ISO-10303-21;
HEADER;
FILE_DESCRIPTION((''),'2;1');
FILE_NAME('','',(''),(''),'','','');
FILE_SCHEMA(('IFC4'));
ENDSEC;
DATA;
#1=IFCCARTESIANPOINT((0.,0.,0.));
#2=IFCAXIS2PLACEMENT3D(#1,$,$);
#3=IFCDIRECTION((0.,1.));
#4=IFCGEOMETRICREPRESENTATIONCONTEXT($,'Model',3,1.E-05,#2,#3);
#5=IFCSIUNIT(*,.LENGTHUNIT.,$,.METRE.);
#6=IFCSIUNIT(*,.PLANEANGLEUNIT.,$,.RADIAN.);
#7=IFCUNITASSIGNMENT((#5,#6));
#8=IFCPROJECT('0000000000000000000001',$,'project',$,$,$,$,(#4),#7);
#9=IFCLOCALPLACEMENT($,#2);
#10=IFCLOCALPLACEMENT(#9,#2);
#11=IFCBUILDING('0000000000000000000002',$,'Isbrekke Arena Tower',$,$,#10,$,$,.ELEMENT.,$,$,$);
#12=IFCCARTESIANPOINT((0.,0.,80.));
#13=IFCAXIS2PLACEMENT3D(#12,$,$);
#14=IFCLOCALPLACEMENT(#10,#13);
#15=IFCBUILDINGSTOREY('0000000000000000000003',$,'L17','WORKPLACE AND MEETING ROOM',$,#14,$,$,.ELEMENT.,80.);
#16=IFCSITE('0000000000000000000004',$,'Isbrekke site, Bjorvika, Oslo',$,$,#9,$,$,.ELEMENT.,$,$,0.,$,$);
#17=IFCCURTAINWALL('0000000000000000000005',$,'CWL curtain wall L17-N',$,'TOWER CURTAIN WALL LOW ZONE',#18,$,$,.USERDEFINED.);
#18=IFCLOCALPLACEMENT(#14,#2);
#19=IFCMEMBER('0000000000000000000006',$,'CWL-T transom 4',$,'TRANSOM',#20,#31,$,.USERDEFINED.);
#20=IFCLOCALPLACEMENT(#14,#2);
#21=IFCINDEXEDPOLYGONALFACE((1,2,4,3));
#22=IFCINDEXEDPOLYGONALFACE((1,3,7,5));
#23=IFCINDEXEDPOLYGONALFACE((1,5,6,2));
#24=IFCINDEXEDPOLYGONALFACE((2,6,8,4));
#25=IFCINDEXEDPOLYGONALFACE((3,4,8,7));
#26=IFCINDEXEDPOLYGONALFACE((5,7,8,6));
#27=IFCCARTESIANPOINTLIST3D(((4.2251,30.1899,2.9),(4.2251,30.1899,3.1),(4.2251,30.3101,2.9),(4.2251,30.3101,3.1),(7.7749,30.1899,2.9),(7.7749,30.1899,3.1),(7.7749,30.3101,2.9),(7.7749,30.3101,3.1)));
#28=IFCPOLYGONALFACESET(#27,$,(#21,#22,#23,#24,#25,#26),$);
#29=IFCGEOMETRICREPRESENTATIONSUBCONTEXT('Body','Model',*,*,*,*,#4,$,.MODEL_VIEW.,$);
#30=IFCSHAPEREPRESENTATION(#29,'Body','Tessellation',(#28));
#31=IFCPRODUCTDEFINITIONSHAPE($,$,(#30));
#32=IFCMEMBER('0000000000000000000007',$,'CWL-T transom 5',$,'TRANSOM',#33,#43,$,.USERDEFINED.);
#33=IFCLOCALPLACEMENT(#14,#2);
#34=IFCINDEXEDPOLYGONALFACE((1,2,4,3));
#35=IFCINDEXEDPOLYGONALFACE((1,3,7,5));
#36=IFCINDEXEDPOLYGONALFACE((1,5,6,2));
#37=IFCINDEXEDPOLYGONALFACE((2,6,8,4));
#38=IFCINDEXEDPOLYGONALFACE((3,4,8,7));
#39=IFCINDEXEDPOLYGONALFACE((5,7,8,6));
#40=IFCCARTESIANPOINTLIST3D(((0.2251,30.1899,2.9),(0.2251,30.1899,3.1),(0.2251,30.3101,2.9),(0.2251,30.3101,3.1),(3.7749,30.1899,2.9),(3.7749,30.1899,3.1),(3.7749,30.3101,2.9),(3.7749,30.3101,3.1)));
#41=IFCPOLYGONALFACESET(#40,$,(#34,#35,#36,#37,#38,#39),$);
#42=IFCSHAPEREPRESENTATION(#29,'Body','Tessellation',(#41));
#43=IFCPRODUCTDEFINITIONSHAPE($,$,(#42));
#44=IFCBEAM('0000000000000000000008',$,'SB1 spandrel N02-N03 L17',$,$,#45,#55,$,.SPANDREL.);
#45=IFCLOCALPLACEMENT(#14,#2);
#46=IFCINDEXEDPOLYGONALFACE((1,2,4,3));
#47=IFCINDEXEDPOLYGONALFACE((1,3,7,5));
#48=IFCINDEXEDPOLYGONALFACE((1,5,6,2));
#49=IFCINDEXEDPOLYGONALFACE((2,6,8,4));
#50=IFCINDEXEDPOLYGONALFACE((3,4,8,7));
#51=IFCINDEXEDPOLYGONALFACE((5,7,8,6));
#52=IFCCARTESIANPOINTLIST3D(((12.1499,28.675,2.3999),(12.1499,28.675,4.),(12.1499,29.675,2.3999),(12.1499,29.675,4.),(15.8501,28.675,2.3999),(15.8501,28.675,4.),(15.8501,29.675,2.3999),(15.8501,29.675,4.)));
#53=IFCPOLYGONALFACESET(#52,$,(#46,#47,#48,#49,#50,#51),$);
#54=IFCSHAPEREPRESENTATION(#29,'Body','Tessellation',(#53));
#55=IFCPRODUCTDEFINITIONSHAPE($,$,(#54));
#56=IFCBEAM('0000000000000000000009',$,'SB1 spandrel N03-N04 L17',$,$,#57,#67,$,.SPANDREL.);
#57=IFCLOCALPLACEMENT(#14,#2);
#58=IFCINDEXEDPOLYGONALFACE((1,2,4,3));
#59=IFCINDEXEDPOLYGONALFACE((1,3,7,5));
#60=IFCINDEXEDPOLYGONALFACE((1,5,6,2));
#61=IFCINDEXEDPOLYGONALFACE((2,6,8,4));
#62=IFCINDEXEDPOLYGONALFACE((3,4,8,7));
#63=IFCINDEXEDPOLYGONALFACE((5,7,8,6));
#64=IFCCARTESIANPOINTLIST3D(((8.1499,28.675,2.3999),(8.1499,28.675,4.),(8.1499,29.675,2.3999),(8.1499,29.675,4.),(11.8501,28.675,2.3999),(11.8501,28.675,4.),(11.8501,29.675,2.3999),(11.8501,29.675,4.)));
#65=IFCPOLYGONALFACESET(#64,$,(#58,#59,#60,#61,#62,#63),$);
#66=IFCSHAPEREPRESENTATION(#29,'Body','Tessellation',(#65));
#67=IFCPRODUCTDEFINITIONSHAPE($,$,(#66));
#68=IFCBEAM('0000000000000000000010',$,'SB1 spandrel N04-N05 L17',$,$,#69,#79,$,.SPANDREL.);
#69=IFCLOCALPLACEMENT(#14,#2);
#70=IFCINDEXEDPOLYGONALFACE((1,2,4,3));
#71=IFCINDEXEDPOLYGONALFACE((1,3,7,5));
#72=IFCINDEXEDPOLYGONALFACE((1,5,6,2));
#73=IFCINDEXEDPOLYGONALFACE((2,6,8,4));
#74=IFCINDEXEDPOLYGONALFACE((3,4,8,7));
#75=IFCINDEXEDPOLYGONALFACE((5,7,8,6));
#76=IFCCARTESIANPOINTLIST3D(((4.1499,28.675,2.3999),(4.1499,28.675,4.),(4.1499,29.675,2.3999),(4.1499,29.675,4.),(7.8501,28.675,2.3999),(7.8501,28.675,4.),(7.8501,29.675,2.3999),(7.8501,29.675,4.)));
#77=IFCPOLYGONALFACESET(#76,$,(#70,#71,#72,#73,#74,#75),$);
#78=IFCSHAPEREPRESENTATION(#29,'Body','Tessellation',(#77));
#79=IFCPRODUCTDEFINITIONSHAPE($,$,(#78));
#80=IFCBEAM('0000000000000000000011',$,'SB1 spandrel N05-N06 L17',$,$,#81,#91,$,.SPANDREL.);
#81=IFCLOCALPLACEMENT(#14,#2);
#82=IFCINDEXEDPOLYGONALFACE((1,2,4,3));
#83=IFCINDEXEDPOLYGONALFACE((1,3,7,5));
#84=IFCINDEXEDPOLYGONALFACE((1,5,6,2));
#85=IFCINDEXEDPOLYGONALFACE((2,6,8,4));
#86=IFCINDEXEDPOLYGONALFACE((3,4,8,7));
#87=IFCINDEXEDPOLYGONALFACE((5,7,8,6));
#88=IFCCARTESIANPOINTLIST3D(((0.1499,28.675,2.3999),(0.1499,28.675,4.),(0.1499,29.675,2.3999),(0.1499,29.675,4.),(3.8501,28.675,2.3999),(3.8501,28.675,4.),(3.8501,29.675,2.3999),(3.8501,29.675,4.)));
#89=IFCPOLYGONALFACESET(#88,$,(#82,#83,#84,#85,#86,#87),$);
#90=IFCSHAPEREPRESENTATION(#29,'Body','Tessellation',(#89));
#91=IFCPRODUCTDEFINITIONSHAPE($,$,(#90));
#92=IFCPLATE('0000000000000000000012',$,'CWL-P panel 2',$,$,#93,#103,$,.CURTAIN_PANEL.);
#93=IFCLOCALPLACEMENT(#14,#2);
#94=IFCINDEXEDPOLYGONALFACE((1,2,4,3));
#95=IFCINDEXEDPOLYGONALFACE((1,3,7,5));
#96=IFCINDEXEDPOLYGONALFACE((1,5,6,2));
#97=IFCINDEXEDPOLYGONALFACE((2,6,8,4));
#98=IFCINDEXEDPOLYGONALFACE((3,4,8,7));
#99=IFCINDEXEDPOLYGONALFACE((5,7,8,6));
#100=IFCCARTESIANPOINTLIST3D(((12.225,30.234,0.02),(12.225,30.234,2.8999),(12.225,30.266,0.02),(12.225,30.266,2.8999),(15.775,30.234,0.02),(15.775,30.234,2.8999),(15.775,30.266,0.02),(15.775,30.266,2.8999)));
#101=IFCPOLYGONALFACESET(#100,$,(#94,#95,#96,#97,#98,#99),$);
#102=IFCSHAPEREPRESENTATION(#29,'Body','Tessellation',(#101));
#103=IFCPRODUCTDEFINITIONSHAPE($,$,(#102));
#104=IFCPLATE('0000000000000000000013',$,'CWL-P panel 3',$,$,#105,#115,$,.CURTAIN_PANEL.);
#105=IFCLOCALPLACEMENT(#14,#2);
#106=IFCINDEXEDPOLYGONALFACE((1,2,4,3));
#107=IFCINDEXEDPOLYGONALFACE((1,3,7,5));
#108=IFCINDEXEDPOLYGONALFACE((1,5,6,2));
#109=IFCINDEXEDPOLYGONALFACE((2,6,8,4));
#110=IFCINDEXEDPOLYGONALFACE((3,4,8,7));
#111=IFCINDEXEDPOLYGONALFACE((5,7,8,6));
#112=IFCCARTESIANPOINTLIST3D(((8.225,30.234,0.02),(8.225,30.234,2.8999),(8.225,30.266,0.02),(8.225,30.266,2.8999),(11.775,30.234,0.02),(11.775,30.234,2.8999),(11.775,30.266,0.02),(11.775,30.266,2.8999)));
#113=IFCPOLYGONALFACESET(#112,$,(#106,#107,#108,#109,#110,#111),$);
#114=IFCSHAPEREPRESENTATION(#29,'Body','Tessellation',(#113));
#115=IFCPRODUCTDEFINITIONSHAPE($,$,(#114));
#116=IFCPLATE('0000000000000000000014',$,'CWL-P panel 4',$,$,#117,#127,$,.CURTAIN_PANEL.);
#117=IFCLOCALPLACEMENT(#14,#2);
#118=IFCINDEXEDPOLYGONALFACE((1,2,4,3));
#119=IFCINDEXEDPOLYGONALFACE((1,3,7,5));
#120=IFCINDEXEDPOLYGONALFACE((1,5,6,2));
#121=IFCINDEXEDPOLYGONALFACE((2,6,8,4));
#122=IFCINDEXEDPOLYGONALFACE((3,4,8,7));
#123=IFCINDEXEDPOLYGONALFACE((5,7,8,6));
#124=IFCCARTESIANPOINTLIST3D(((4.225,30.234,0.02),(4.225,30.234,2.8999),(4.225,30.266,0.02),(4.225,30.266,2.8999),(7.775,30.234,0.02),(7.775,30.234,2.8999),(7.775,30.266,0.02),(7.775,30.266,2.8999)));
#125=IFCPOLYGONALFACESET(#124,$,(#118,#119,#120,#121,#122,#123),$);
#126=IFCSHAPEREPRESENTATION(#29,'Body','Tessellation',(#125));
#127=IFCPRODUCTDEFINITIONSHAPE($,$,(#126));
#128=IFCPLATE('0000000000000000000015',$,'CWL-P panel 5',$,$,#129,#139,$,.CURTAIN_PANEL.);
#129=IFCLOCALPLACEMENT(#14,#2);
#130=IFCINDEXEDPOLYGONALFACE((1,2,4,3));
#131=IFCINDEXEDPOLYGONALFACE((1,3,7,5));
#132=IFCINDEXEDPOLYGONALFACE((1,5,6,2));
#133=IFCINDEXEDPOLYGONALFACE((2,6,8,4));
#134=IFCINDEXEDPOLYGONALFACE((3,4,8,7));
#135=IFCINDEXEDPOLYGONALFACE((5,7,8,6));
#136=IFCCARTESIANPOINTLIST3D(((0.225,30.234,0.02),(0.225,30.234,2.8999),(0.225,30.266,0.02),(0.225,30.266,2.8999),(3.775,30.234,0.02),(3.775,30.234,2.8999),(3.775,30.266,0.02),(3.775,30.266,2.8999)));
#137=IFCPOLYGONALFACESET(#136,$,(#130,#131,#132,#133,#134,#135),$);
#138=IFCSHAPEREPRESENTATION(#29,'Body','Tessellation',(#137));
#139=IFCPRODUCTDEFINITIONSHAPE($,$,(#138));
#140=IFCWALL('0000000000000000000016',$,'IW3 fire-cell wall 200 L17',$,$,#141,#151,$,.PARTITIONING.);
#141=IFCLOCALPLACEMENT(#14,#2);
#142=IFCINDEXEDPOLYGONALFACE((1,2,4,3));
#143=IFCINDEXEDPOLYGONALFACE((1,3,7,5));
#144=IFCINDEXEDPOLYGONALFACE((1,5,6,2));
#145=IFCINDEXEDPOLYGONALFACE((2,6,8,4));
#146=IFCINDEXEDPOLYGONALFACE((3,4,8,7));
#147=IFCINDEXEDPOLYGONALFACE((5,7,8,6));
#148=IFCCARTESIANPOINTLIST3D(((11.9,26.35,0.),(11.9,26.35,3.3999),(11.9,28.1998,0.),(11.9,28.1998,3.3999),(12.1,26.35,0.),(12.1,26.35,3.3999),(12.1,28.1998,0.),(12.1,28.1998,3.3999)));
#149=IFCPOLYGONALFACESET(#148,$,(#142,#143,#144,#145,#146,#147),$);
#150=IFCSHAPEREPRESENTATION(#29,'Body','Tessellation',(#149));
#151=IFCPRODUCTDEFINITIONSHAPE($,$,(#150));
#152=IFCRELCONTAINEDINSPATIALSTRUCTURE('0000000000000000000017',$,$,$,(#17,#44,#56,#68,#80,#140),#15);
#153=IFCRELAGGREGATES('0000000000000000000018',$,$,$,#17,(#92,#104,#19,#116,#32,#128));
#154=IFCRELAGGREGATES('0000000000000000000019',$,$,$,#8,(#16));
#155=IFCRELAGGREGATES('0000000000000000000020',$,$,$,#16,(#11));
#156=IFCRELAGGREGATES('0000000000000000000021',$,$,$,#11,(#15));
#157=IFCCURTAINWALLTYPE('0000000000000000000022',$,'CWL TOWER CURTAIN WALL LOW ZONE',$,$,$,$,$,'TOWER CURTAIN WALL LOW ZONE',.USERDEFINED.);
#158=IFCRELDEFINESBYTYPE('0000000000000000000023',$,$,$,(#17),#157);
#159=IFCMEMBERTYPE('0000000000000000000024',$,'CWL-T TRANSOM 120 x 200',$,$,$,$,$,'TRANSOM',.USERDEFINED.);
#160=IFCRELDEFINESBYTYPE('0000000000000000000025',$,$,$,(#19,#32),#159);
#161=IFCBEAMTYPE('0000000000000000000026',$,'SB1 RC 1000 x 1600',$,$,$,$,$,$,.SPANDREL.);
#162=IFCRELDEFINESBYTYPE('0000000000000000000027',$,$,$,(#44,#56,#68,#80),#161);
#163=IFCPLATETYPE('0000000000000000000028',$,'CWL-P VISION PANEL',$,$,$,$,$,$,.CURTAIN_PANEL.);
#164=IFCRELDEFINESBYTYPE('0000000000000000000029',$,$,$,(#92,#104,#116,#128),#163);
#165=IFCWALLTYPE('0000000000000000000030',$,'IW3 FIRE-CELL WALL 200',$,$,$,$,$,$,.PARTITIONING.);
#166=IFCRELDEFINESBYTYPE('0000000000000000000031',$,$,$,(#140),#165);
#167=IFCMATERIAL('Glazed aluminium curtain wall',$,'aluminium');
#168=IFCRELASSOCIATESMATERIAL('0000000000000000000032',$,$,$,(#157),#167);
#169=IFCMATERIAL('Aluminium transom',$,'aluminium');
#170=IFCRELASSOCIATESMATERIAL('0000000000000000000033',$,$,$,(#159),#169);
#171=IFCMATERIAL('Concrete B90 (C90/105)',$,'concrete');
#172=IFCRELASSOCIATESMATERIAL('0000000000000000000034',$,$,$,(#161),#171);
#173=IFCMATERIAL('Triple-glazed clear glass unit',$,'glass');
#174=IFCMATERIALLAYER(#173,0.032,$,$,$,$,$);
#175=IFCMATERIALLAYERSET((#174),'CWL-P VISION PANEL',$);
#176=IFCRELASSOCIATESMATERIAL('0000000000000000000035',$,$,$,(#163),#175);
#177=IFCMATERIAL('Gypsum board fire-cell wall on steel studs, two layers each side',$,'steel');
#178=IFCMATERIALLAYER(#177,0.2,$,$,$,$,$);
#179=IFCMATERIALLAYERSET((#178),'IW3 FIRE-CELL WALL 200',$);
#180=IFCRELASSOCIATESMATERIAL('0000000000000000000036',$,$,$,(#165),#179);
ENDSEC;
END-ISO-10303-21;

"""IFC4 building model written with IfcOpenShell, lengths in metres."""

from ifc_helpers import new_model, si_unit, direction, frame, frame_2d, origin, origin_2d, place, context, subcontext, project, spatial, rectangle, extrude, material, layer, layer_set, material_profile, profile_set, type_object, element, aggregate, save


model = new_model("IFC4")

# Units and contexts
model_context = context("Model", 3, precision=1e-05, world=origin(), true_north=direction((0.0, 1.0)))
body_context = subcontext(model_context, "Body", "Model", "MODEL_VIEW")
ifc_project = project(units=[si_unit("LENGTHUNIT", "METRE"), si_unit("PLANEANGLEUNIT", "RADIAN")], contexts=[model_context])

# Site, building, storey
site_placement = place(None, origin())
site = spatial("IfcSite", under=ifc_project, at=site_placement, Name="Isbrekke site, Bjorvika, Oslo", CompositionType="ELEMENT", RefElevation=0.0)
building_placement = place(site_placement, origin())
building = spatial("IfcBuilding", under=site, at=building_placement, Name="Isbrekke Arena Tower", CompositionType="ELEMENT")
storey_placement = place(building_placement, frame((0.0, 0.0, 80.0)))
storey = spatial("IfcBuildingStorey", under=building, at=storey_placement, Name="L17", Description="WORKPLACE AND MEETING ROOM", CompositionType="ELEMENT", Elevation=80.0)

# Curtain wall, members
ifc_material_1 = material(Name="Glazed aluminium curtain wall", Category="aluminium")
curtain_wall_type = type_object("IfcCurtainWallType", Name="CWL TOWER CURTAIN WALL LOW ZONE", ElementType="TOWER CURTAIN WALL LOW ZONE", PredefinedType="USERDEFINED", material=ifc_material_1)
curtain_wall_placement = place(storey_placement, origin())
curtain_wall = element("IfcCurtainWall", 1, at=curtain_wall_placement, inside=storey, type_object=curtain_wall_type, Name="CWL curtain wall L17-N", ObjectType="TOWER CURTAIN WALL LOW ZONE", PredefinedType="USERDEFINED")
ifc_material_2 = material(Name="Aluminium transom", Category="aluminium")
ifc_material_profile_1 = material_profile(ifc_material_2, rectangle(XDim=0.1201, YDim=0.2, at=origin_2d()), Name="TRANSOM 120X200")
ifc_profile_set_1 = profile_set([ifc_material_profile_1], Name="Aluminium transom")
member_type_1 = type_object("IfcMemberType", Name="CWL-T TRANSOM 120 x 200", ElementType="TRANSOM", PredefinedType="USERDEFINED", material=ifc_profile_set_1)
member_1_placement = place(storey_placement, frame((7.7749, 30.25, 3.0), z_axis=(-1.0, 0.0, 0.0), x_axis=(0.0, -1.0, 0.0)))
member_1 = element("IfcMember", 2, at=member_1_placement, type_object=member_type_1, Name="CWL-T transom 4", ObjectType="TRANSOM", PredefinedType="USERDEFINED", context=body_context, shape_type="SweptSolid", body=[
    extrude(rectangle(XDim=0.1201, YDim=0.2, at=origin_2d()), origin(), (0.0, 0.0, 1.0), 3.5498),
])
member_2_placement = place(storey_placement, frame((3.7749, 30.25, 3.0), z_axis=(-1.0, 0.0, 0.0), x_axis=(0.0, -1.0, 0.0)))
member_2 = element("IfcMember", 3, at=member_2_placement, type_object=member_type_1, Name="CWL-T transom 5", ObjectType="TRANSOM", PredefinedType="USERDEFINED", context=body_context, shape_type="SweptSolid", body=[
    extrude(rectangle(XDim=0.1201, YDim=0.2, at=origin_2d()), origin(), (0.0, 0.0, 1.0), 3.5498),
])

# Beams
ifc_material_3 = material(Name="Concrete B90 (C90/105)", Category="concrete")
ifc_material_profile_2 = material_profile(ifc_material_3, rectangle(XDim=1.0, YDim=1.6001, at=origin_2d()), Name="RC 1000x1600")
ifc_profile_set_2 = profile_set([ifc_material_profile_2], Name="Concrete B90 (C90/105)")
beam_type_1 = type_object("IfcBeamType", Name="SB1 RC 1000 x 1600", PredefinedType="SPANDREL", material=ifc_profile_set_2)
for number, where, z_axis, x_axis, name in (
    (4, (15.8501, 29.175, 3.2), (-1.0, 0.0, 0.0), (0.0, -1.0, 0.0), "SB1 spandrel N02-N03 L17"),
    (5, (11.8501, 29.175, 3.2), (-1.0, 0.0, 0.0), (0.0, -1.0, 0.0), "SB1 spandrel N03-N04 L17"),
    (6, (7.8501, 29.175, 3.2), (-1.0, 0.0, 0.0), (0.0, -1.0, 0.0), "SB1 spandrel N04-N05 L17"),
    (7, (3.8501, 29.175, 3.2), (-1.0, 0.0, 0.0), (0.0, -1.0, 0.0), "SB1 spandrel N05-N06 L17"),
):
    element("IfcBeam", number, at=place(storey_placement, frame(where, z_axis=z_axis, x_axis=x_axis)), inside=storey, type_object=beam_type_1, Name=name, PredefinedType="SPANDREL", context=body_context, shape_type="SweptSolid", body=[
        extrude(rectangle(XDim=1.0, YDim=1.6001, at=origin_2d()), origin(), (0.0, 0.0, 1.0), 3.7002),
    ])

# Plates
ifc_material_4 = material(Name="Triple-glazed clear glass unit", Category="glass")
ifc_layer_1 = layer(ifc_material_4, 0.032)
ifc_layer_set_1 = layer_set([ifc_layer_1], Name="CWL-P VISION PANEL")
plate_type = type_object("IfcPlateType", Name="CWL-P VISION PANEL", PredefinedType="CURTAIN_PANEL", material=ifc_layer_set_1)
plate_1_placement = place(storey_placement, frame((14.0, 30.25, 0.02), z_axis=(0.0, 0.0, 1.0), x_axis=(-1.0, 0.0, 0.0)))
plate_1 = element("IfcPlate", 8, at=plate_1_placement, type_object=plate_type, Name="CWL-P panel 2", PredefinedType="CURTAIN_PANEL", context=body_context, shape_type="SweptSolid", body=[
    extrude(rectangle(XDim=3.55, YDim=0.032, at=origin_2d()), origin(), (0.0, 0.0, 1.0), 2.8799),
])
plate_2_placement = place(storey_placement, frame((10.0, 30.25, 0.02), z_axis=(0.0, 0.0, 1.0), x_axis=(-1.0, 0.0, 0.0)))
plate_2 = element("IfcPlate", 9, at=plate_2_placement, type_object=plate_type, Name="CWL-P panel 3", PredefinedType="CURTAIN_PANEL", context=body_context, shape_type="SweptSolid", body=[
    extrude(rectangle(XDim=3.55, YDim=0.032, at=origin_2d()), origin(), (0.0, 0.0, 1.0), 2.8799),
])
plate_3_placement = place(storey_placement, frame((6.0, 30.25, 0.02), z_axis=(0.0, 0.0, 1.0), x_axis=(-1.0, 0.0, 0.0)))
plate_3 = element("IfcPlate", 10, at=plate_3_placement, type_object=plate_type, Name="CWL-P panel 4", PredefinedType="CURTAIN_PANEL", context=body_context, shape_type="SweptSolid", body=[
    extrude(rectangle(XDim=3.55, YDim=0.032, at=origin_2d()), origin(), (0.0, 0.0, 1.0), 2.8799),
])
plate_4_placement = place(storey_placement, frame((2.0, 30.25, 0.02), z_axis=(0.0, 0.0, 1.0), x_axis=(-1.0, 0.0, 0.0)))
plate_4 = element("IfcPlate", 11, at=plate_4_placement, type_object=plate_type, Name="CWL-P panel 5", PredefinedType="CURTAIN_PANEL", context=body_context, shape_type="SweptSolid", body=[
    extrude(rectangle(XDim=3.55, YDim=0.032, at=origin_2d()), origin(), (0.0, 0.0, 1.0), 2.8799),
])
aggregate(curtain_wall, [plate_1, plate_2, member_1, plate_3, member_2, plate_4])

# Wall
ifc_material_5 = material(Name="Gypsum board fire-cell wall on steel studs, two layers each side", Category="steel")
ifc_layer_2 = layer(ifc_material_5, 0.2)
ifc_layer_set_2 = layer_set([ifc_layer_2], Name="IW3 FIRE-CELL WALL 200")
wall_type = type_object("IfcWallType", Name="IW3 FIRE-CELL WALL 200", PredefinedType="PARTITIONING", material=ifc_layer_set_2)
wall_placement = place(storey_placement, frame((12.0, 26.3501, 0.0), z_axis=(0.0, 0.0, 1.0), x_axis=(0.0, 1.0, 0.0)))
element("IfcWall", 12, at=wall_placement, inside=storey, type_object=wall_type, Name="IW3 fire-cell wall 200 L17", PredefinedType="PARTITIONING", context=body_context, shape_type="SweptSolid", body=[
    extrude(rectangle(XDim=1.8499, YDim=0.2, at=frame_2d((0.9248, 0.0))), origin(), (0.0, 0.0, 1.0), 3.3999),
])

save(model, "model.ifc")
